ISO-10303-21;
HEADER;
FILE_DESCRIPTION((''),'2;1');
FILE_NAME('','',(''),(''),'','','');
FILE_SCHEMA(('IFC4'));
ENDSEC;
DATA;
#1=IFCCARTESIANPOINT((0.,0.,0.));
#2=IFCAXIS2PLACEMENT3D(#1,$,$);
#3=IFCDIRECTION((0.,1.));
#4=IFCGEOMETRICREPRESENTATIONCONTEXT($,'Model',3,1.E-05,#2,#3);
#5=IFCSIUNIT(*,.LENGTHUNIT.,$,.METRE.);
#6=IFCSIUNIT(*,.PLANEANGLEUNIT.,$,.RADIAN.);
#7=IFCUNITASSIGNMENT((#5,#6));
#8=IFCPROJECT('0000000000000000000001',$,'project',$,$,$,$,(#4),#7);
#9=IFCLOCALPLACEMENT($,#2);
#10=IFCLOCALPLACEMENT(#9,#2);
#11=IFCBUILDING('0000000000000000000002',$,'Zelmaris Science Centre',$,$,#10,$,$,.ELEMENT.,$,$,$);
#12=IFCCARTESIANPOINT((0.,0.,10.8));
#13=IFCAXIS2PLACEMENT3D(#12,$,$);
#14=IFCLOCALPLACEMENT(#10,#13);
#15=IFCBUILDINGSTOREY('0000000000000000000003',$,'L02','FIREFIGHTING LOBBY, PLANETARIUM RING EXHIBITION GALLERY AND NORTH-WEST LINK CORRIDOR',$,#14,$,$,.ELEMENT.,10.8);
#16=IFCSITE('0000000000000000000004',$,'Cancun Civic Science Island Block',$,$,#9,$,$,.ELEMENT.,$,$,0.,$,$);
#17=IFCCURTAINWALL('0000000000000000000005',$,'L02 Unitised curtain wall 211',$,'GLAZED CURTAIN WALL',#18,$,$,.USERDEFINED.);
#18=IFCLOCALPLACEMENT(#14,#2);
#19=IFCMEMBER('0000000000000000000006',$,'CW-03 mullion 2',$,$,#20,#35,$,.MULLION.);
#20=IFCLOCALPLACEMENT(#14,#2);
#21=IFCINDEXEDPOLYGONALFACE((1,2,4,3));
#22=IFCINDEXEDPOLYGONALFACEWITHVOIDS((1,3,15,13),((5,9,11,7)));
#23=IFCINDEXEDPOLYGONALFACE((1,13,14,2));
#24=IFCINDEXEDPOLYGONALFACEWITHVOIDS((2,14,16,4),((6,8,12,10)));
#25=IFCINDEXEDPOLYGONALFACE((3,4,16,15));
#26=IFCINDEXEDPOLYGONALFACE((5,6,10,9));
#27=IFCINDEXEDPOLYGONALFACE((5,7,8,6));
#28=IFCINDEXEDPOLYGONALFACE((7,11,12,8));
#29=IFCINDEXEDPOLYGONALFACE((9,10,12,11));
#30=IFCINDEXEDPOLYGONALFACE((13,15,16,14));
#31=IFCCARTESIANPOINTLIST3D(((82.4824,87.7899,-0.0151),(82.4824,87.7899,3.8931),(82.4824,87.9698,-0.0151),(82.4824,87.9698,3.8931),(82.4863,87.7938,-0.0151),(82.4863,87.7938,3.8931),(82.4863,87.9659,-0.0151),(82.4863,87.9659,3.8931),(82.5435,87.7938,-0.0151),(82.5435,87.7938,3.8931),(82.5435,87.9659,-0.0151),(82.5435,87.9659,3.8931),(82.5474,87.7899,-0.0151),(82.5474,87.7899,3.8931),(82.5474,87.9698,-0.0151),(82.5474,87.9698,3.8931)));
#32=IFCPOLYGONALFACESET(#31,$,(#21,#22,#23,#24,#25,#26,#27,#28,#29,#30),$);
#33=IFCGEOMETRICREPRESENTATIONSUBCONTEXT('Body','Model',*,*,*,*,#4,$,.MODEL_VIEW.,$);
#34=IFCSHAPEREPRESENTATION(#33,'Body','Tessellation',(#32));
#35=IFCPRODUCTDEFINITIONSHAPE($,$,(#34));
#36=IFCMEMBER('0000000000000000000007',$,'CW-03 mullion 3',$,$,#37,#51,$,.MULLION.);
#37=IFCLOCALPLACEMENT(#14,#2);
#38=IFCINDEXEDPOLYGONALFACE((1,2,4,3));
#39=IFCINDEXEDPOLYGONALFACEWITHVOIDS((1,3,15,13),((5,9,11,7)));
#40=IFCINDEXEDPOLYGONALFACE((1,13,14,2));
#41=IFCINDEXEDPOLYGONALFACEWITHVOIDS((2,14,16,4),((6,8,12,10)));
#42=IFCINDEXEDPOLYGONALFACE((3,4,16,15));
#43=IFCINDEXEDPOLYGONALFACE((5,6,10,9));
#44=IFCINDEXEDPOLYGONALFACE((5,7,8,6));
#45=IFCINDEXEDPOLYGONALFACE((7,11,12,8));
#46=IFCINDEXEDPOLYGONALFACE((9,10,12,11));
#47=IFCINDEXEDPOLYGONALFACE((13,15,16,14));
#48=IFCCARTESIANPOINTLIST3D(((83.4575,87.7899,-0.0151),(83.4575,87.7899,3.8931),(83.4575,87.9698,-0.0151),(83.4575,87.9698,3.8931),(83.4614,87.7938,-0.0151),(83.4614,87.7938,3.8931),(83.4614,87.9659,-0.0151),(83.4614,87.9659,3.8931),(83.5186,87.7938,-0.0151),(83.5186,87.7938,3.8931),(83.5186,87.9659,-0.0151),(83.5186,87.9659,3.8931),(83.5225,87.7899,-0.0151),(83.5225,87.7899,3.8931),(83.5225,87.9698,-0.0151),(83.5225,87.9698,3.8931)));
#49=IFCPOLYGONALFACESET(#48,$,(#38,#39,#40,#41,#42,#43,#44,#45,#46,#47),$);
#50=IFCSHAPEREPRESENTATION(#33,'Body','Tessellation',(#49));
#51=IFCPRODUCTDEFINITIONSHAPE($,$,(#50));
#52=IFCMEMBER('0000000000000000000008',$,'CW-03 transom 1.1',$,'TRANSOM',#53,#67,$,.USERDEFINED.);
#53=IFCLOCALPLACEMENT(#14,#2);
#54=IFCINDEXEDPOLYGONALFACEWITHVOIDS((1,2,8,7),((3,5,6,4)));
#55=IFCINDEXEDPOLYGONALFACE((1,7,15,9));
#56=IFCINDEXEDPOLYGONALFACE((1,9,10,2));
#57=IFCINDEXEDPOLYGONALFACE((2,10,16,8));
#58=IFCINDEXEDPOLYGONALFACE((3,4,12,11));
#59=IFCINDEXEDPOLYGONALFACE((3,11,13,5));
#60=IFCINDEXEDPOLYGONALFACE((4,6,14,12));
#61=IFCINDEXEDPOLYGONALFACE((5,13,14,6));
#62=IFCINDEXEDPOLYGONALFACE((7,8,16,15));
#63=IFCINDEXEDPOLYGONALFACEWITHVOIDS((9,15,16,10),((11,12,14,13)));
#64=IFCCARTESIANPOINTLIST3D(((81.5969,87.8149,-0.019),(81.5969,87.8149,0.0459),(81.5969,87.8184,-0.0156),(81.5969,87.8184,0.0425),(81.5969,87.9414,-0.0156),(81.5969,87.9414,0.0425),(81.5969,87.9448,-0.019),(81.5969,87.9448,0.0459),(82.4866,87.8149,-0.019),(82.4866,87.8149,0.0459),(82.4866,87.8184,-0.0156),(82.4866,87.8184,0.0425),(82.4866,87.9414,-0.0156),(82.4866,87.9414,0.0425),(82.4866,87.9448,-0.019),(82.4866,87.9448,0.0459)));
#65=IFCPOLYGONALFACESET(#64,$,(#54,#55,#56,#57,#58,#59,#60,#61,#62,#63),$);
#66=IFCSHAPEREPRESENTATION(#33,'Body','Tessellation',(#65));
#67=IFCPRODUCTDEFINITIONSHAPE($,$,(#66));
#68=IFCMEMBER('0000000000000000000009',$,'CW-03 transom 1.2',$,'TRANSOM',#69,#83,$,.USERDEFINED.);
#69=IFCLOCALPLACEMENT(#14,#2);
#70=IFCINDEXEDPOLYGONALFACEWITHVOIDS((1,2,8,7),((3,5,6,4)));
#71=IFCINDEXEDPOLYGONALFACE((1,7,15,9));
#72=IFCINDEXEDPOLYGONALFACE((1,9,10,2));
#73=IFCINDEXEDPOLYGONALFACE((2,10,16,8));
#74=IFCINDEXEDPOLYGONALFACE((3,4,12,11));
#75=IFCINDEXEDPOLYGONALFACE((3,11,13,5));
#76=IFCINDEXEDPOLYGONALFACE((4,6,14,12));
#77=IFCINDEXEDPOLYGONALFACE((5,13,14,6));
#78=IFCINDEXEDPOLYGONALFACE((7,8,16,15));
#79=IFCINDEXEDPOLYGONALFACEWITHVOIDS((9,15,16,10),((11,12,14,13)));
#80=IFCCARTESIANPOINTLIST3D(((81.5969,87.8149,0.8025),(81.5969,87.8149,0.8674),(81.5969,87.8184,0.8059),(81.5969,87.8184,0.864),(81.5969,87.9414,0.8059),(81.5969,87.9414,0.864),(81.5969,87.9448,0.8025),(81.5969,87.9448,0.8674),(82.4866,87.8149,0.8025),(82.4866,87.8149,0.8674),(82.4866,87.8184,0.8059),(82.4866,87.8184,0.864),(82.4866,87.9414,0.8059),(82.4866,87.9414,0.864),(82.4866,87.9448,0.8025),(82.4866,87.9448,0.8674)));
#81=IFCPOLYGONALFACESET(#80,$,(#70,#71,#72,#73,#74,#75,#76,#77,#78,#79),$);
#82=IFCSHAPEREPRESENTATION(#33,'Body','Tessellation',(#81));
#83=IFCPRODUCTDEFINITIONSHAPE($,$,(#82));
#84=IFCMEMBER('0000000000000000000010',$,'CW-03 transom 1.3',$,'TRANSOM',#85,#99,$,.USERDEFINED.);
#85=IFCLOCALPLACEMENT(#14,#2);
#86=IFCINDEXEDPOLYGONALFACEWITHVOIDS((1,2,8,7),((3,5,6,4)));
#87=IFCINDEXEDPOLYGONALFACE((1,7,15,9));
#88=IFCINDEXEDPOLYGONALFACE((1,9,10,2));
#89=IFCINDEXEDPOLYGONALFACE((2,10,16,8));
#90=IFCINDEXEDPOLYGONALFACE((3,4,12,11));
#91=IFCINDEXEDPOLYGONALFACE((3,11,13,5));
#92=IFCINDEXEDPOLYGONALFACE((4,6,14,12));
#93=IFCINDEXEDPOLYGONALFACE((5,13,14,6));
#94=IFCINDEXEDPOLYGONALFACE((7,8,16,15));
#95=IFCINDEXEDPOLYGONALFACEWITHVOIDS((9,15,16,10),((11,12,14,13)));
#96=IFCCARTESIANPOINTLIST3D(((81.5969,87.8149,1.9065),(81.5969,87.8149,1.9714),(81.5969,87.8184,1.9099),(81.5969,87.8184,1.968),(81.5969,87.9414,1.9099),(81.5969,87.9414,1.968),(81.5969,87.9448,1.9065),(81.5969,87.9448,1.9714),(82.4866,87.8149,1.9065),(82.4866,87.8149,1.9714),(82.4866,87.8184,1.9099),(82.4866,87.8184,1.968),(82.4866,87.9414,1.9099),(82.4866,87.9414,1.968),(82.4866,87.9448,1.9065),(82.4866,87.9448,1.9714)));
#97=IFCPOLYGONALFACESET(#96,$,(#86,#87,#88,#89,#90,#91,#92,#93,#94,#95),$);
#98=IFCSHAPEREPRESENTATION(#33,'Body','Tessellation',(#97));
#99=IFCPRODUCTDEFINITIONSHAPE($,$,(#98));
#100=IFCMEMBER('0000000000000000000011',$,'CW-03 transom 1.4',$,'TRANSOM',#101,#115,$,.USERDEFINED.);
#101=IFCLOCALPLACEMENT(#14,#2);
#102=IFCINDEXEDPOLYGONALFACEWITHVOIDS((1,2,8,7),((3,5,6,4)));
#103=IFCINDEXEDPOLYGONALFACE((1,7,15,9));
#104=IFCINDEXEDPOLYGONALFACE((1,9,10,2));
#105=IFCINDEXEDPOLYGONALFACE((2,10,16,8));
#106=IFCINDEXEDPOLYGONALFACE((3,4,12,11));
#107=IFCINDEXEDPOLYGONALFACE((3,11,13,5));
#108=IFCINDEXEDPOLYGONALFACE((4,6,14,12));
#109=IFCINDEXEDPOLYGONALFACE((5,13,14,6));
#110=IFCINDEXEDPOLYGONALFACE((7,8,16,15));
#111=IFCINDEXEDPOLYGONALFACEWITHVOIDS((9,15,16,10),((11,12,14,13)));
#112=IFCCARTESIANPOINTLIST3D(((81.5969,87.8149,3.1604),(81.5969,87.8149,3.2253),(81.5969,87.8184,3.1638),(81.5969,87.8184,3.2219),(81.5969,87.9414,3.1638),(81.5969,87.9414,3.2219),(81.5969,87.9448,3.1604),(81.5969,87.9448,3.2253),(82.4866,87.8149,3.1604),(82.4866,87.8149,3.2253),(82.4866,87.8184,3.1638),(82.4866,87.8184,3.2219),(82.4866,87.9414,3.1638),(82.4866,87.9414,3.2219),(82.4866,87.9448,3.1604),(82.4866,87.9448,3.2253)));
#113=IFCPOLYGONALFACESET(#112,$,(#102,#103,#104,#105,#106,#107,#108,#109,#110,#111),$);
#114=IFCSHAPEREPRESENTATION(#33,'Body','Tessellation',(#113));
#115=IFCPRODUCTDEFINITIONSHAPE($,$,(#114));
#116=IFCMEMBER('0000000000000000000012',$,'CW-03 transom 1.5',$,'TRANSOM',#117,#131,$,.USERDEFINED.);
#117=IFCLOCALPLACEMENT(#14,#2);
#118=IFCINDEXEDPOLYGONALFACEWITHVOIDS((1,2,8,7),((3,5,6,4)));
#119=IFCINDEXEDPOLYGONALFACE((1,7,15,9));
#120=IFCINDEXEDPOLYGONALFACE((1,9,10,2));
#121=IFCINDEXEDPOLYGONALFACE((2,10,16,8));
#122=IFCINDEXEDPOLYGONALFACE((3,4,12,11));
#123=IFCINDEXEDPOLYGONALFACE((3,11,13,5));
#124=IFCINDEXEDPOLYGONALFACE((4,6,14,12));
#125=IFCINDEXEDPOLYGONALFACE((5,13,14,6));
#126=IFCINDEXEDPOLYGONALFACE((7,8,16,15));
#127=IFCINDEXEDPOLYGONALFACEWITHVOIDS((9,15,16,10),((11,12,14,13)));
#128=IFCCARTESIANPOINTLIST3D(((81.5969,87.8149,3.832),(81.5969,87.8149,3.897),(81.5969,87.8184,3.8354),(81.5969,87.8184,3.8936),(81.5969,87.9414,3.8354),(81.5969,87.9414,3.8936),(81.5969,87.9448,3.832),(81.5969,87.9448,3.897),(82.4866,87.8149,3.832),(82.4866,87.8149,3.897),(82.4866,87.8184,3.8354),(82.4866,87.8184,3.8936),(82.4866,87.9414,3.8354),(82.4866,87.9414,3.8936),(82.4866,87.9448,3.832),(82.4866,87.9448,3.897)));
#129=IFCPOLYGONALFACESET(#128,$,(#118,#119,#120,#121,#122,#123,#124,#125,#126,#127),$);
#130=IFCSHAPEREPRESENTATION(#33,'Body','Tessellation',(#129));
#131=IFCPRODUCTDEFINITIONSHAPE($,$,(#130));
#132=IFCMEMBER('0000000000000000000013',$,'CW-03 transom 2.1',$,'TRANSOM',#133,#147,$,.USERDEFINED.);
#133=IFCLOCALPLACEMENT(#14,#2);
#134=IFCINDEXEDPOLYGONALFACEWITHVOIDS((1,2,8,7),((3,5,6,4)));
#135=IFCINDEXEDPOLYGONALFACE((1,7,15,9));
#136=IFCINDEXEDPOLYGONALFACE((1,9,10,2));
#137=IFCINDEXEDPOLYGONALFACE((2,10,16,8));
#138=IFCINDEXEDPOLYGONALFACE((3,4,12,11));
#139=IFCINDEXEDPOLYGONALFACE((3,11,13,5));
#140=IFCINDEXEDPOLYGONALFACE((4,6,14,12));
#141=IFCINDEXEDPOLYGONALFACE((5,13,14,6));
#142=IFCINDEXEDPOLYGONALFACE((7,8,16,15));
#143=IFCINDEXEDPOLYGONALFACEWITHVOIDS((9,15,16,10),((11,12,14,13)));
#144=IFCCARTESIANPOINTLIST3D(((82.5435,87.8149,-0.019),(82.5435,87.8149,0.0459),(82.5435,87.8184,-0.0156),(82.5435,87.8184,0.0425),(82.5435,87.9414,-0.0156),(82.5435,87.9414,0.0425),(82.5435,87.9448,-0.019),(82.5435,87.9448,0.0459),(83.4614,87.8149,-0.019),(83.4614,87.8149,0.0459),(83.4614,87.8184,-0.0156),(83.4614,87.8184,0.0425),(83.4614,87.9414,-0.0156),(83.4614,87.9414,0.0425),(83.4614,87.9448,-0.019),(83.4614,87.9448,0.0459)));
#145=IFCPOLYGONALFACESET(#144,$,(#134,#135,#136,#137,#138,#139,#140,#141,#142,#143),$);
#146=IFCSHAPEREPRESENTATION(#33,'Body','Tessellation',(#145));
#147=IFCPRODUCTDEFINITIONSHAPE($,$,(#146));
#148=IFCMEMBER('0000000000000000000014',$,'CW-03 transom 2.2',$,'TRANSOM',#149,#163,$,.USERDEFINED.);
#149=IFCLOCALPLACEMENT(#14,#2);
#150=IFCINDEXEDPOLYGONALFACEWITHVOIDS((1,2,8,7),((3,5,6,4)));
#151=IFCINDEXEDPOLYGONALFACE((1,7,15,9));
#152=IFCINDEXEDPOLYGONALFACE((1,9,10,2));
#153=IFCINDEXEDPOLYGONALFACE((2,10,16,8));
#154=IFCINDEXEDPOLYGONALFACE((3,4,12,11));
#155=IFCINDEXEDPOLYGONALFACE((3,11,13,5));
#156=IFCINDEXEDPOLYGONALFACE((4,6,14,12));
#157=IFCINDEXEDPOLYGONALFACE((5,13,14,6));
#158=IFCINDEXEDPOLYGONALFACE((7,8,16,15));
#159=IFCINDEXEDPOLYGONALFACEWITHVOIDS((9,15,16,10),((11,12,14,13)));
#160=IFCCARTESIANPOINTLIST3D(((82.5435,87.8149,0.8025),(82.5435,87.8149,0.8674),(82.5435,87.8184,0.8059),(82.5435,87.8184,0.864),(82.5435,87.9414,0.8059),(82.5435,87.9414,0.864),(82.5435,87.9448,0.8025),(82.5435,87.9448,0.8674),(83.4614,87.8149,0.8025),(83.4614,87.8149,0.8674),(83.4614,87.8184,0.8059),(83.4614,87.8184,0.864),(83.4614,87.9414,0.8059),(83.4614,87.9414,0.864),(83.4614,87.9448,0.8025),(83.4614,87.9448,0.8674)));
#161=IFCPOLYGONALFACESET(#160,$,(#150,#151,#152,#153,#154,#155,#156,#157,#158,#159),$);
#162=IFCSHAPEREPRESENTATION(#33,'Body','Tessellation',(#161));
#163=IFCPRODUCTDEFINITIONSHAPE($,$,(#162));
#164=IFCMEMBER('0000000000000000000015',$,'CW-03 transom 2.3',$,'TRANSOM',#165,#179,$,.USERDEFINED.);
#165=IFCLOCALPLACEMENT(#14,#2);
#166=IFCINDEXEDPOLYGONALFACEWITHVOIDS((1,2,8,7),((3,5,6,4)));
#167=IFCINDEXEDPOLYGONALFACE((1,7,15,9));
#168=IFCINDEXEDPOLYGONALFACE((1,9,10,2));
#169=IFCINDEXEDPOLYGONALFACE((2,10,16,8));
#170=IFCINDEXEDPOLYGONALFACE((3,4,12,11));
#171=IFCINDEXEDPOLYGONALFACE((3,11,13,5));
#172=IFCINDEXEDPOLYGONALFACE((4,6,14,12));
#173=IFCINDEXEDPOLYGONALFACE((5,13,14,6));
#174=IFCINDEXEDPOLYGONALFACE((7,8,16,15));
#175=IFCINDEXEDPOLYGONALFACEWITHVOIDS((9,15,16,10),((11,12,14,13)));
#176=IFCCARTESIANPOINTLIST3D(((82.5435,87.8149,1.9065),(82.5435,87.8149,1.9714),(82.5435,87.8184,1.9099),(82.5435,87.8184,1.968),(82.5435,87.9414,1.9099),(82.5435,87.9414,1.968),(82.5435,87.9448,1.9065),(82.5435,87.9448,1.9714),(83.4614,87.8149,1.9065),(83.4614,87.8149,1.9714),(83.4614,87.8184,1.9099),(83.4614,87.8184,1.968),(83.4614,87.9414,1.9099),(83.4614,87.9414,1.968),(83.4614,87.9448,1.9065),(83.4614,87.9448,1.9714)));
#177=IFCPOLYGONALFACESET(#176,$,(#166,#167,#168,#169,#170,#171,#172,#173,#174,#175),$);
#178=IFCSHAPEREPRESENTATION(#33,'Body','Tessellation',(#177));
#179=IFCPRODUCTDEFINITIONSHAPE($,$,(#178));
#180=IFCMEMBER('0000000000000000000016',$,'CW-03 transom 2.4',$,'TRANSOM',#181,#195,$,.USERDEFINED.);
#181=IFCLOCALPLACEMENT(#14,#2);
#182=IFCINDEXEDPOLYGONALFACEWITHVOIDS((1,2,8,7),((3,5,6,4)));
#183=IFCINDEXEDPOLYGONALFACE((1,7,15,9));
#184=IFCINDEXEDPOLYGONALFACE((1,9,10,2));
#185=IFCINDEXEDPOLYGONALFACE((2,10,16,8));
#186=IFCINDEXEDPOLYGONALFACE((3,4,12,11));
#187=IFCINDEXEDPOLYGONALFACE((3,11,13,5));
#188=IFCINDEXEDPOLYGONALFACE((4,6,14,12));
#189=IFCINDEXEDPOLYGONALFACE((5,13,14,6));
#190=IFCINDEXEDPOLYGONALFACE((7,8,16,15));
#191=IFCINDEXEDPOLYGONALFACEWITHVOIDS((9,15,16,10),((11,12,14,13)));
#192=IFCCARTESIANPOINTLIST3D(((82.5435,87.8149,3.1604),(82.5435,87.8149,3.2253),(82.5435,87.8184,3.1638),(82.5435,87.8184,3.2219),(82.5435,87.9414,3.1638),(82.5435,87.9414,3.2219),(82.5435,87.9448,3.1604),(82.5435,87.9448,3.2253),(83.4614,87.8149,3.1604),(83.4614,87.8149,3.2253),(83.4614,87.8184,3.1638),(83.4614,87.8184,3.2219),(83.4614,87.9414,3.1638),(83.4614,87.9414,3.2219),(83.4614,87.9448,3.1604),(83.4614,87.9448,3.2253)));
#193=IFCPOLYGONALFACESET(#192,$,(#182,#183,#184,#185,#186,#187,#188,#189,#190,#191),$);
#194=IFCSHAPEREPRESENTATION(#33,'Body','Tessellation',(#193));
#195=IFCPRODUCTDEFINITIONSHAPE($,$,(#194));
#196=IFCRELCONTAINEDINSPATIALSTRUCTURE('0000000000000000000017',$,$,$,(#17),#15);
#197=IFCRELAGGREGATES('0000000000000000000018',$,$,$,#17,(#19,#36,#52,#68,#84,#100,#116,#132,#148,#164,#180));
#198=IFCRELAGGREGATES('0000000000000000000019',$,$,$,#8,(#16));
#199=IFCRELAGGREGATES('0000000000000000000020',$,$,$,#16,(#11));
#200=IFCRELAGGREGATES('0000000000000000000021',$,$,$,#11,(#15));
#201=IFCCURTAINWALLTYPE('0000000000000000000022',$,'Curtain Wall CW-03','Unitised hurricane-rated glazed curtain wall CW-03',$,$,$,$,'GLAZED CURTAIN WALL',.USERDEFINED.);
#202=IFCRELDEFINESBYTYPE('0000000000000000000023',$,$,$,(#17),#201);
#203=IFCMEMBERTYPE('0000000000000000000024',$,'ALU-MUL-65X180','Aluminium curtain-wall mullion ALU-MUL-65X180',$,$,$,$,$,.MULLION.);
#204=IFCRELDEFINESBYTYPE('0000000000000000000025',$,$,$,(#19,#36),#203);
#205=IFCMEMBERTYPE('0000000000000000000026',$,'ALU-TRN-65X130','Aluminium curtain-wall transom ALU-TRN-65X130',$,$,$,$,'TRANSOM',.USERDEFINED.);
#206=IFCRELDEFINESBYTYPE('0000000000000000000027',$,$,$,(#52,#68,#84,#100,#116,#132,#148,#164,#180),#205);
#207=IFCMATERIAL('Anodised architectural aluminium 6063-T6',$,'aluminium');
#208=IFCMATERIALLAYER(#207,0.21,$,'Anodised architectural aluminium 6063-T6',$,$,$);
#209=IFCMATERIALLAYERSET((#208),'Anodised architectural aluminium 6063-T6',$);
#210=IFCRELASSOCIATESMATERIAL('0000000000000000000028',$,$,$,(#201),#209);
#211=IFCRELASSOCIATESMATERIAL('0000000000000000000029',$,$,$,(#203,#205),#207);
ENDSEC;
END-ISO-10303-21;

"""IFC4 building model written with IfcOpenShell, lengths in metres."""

from ifc_helpers import new_model, si_unit, direction, frame, origin, origin_2d, place, context, subcontext, project, spatial, hollow_rectangle, extrude, material, layer, layer_set, material_profile, profile_set, type_object, element, aggregate, save


model = new_model("IFC4")

# Units and contexts
model_context = context("Model", 3, precision=1e-05, world=origin(), true_north=direction((0.0, 1.0)))
body_context = subcontext(model_context, "Body", "Model", "MODEL_VIEW")
ifc_project = project(units=[si_unit("LENGTHUNIT", "METRE"), si_unit("PLANEANGLEUNIT", "RADIAN")], contexts=[model_context])

# Site, building, storey
site_placement = place(None, origin())
site = spatial("IfcSite", under=ifc_project, at=site_placement, Name="Cancun Civic Science Island Block", CompositionType="ELEMENT", RefElevation=0.0)
building_placement = place(site_placement, origin())
building = spatial("IfcBuilding", under=site, at=building_placement, Name="Zelmaris Science Centre", CompositionType="ELEMENT")
storey_placement = place(building_placement, frame((0.0, 0.0, 10.8)))
storey = spatial("IfcBuildingStorey", under=building, at=storey_placement, Name="L02", Description="FIREFIGHTING LOBBY, PLANETARIUM RING EXHIBITION GALLERY AND NORTH-WEST LINK CORRIDOR", CompositionType="ELEMENT", Elevation=10.8)

# Curtain wall, members
ifc_material_1 = material(Name="Anodised architectural aluminium 6063-T6", Category="aluminium")
ifc_layer_1 = layer(ifc_material_1, 0.21, Name="Anodised architectural aluminium 6063-T6")
ifc_layer_set_1 = layer_set([ifc_layer_1], Name="Anodised architectural aluminium 6063-T6")
curtain_wall_type = type_object("IfcCurtainWallType", Name="Curtain Wall CW-03", Description="Unitised hurricane-rated glazed curtain wall CW-03", ElementType="GLAZED CURTAIN WALL", PredefinedType="USERDEFINED", material=ifc_layer_set_1)
curtain_wall_placement = place(storey_placement, origin())
curtain_wall = element("IfcCurtainWall", 1, at=curtain_wall_placement, inside=storey, type_object=curtain_wall_type, Name="L02 Unitised curtain wall 211", ObjectType="GLAZED CURTAIN WALL", PredefinedType="USERDEFINED")
ifc_material_profile_1 = material_profile(ifc_material_1, hollow_rectangle(XDim=0.0649, YDim=0.1799, WallThickness=0.0039, at=origin_2d()), Name="ALU-MUL-65X180")
ifc_profile_set_1 = profile_set([ifc_material_profile_1], Name="Anodised architectural aluminium 6063-T6")
member_type_1 = type_object("IfcMemberType", Name="ALU-MUL-65X180", Description="Aluminium curtain-wall mullion ALU-MUL-65X180", PredefinedType="MULLION", material=ifc_profile_set_1)
member_1_placement = place(storey_placement, frame((82.5149, 87.8799, -0.0151), z_axis=(0.0, 0.0, 1.0), x_axis=(1.0, 0.0, 0.0)))
member_1 = element("IfcMember", 2, at=member_1_placement, type_object=member_type_1, Name="CW-03 mullion 2", PredefinedType="MULLION", context=body_context, shape_type="SweptSolid", body=[
    extrude(hollow_rectangle(XDim=0.0649, YDim=0.1799, WallThickness=0.0039, at=origin_2d()), origin(), (0.0, 0.0, 1.0), 3.9082),
])
member_2_placement = place(storey_placement, frame((83.49, 87.8799, -0.0151), z_axis=(0.0, 0.0, 1.0), x_axis=(1.0, 0.0, 0.0)))
member_2 = element("IfcMember", 3, at=member_2_placement, type_object=member_type_1, Name="CW-03 mullion 3", PredefinedType="MULLION", context=body_context, shape_type="SweptSolid", body=[
    extrude(hollow_rectangle(XDim=0.0649, YDim=0.1799, WallThickness=0.0039, at=origin_2d()), origin(), (0.0, 0.0, 1.0), 3.9082),
])
ifc_material_profile_2 = material_profile(ifc_material_1, hollow_rectangle(XDim=0.0649, YDim=0.1299, WallThickness=0.0034, at=origin_2d()), Name="ALU-TRN-65X130")
ifc_profile_set_2 = profile_set([ifc_material_profile_2], Name="Anodised architectural aluminium 6063-T6")
member_type_2 = type_object("IfcMemberType", Name="ALU-TRN-65X130", Description="Aluminium curtain-wall transom ALU-TRN-65X130", ElementType="TRANSOM", PredefinedType="USERDEFINED", material=ifc_profile_set_2)
member_3_placement = place(storey_placement, frame((81.5969, 87.8799, 0.0134), z_axis=(1.0, 0.0, 0.0), x_axis=(0.0, 0.0, 1.0)))
member_3 = element("IfcMember", 4, at=member_3_placement, type_object=member_type_2, Name="CW-03 transom 1.1", ObjectType="TRANSOM", PredefinedType="USERDEFINED", context=body_context, shape_type="SweptSolid", body=[
    extrude(hollow_rectangle(XDim=0.0649, YDim=0.1299, WallThickness=0.0034, at=origin_2d()), origin(), (0.0, 0.0, 1.0), 0.8896),
])
member_4_placement = place(storey_placement, frame((81.5969, 87.8799, 0.835), z_axis=(1.0, 0.0, 0.0), x_axis=(0.0, 0.0, 1.0)))
member_4 = element("IfcMember", 5, at=member_4_placement, type_object=member_type_2, Name="CW-03 transom 1.2", ObjectType="TRANSOM", PredefinedType="USERDEFINED", context=body_context, shape_type="SweptSolid", body=[
    extrude(hollow_rectangle(XDim=0.0649, YDim=0.1299, WallThickness=0.0034, at=origin_2d()), origin(), (0.0, 0.0, 1.0), 0.8896),
])
member_5_placement = place(storey_placement, frame((81.5969, 87.8799, 1.939), z_axis=(1.0, 0.0, 0.0), x_axis=(0.0, 0.0, 1.0)))
member_5 = element("IfcMember", 6, at=member_5_placement, type_object=member_type_2, Name="CW-03 transom 1.3", ObjectType="TRANSOM", PredefinedType="USERDEFINED", context=body_context, shape_type="SweptSolid", body=[
    extrude(hollow_rectangle(XDim=0.0649, YDim=0.1299, WallThickness=0.0034, at=origin_2d()), origin(), (0.0, 0.0, 1.0), 0.8896),
])
member_6_placement = place(storey_placement, frame((81.5969, 87.8799, 3.1929), z_axis=(1.0, 0.0, 0.0), x_axis=(0.0, 0.0, 1.0)))
member_6 = element("IfcMember", 7, at=member_6_placement, type_object=member_type_2, Name="CW-03 transom 1.4", ObjectType="TRANSOM", PredefinedType="USERDEFINED", context=body_context, shape_type="SweptSolid", body=[
    extrude(hollow_rectangle(XDim=0.0649, YDim=0.1299, WallThickness=0.0034, at=origin_2d()), origin(), (0.0, 0.0, 1.0), 0.8896),
])
member_7_placement = place(storey_placement, frame((81.5969, 87.8799, 3.8645), z_axis=(1.0, 0.0, 0.0), x_axis=(0.0, 0.0, 1.0)))
member_7 = element("IfcMember", 8, at=member_7_placement, type_object=member_type_2, Name="CW-03 transom 1.5", ObjectType="TRANSOM", PredefinedType="USERDEFINED", context=body_context, shape_type="SweptSolid", body=[
    extrude(hollow_rectangle(XDim=0.0649, YDim=0.1299, WallThickness=0.0034, at=origin_2d()), origin(), (0.0, 0.0, 1.0), 0.8896),
])
member_8_placement = place(storey_placement, frame((82.5435, 87.8799, 0.0134), z_axis=(1.0, 0.0, 0.0), x_axis=(0.0, 0.0, 1.0)))
member_8 = element("IfcMember", 9, at=member_8_placement, type_object=member_type_2, Name="CW-03 transom 2.1", ObjectType="TRANSOM", PredefinedType="USERDEFINED", context=body_context, shape_type="SweptSolid", body=[
    extrude(hollow_rectangle(XDim=0.0649, YDim=0.1299, WallThickness=0.0034, at=origin_2d()), origin(), (0.0, 0.0, 1.0), 0.918),
])
member_9_placement = place(storey_placement, frame((82.5435, 87.8799, 0.835), z_axis=(1.0, 0.0, 0.0), x_axis=(0.0, 0.0, 1.0)))
member_9 = element("IfcMember", 10, at=member_9_placement, type_object=member_type_2, Name="CW-03 transom 2.2", ObjectType="TRANSOM", PredefinedType="USERDEFINED", context=body_context, shape_type="SweptSolid", body=[
    extrude(hollow_rectangle(XDim=0.0649, YDim=0.1299, WallThickness=0.0034, at=origin_2d()), origin(), (0.0, 0.0, 1.0), 0.918),
])
member_10_placement = place(storey_placement, frame((82.5435, 87.8799, 1.939), z_axis=(1.0, 0.0, 0.0), x_axis=(0.0, 0.0, 1.0)))
member_10 = element("IfcMember", 11, at=member_10_placement, type_object=member_type_2, Name="CW-03 transom 2.3", ObjectType="TRANSOM", PredefinedType="USERDEFINED", context=body_context, shape_type="SweptSolid", body=[
    extrude(hollow_rectangle(XDim=0.0649, YDim=0.1299, WallThickness=0.0034, at=origin_2d()), origin(), (0.0, 0.0, 1.0), 0.918),
])
member_11_placement = place(storey_placement, frame((82.5435, 87.8799, 3.1929), z_axis=(1.0, 0.0, 0.0), x_axis=(0.0, 0.0, 1.0)))
member_11 = element("IfcMember", 12, at=member_11_placement, type_object=member_type_2, Name="CW-03 transom 2.4", ObjectType="TRANSOM", PredefinedType="USERDEFINED", context=body_context, shape_type="SweptSolid", body=[
    extrude(hollow_rectangle(XDim=0.0649, YDim=0.1299, WallThickness=0.0034, at=origin_2d()), origin(), (0.0, 0.0, 1.0), 0.918),
])
aggregate(curtain_wall, [member_1, member_2, member_3, member_4, member_5, member_6, member_7, member_8, member_9, member_10, member_11])

save(model, "model.ifc")
